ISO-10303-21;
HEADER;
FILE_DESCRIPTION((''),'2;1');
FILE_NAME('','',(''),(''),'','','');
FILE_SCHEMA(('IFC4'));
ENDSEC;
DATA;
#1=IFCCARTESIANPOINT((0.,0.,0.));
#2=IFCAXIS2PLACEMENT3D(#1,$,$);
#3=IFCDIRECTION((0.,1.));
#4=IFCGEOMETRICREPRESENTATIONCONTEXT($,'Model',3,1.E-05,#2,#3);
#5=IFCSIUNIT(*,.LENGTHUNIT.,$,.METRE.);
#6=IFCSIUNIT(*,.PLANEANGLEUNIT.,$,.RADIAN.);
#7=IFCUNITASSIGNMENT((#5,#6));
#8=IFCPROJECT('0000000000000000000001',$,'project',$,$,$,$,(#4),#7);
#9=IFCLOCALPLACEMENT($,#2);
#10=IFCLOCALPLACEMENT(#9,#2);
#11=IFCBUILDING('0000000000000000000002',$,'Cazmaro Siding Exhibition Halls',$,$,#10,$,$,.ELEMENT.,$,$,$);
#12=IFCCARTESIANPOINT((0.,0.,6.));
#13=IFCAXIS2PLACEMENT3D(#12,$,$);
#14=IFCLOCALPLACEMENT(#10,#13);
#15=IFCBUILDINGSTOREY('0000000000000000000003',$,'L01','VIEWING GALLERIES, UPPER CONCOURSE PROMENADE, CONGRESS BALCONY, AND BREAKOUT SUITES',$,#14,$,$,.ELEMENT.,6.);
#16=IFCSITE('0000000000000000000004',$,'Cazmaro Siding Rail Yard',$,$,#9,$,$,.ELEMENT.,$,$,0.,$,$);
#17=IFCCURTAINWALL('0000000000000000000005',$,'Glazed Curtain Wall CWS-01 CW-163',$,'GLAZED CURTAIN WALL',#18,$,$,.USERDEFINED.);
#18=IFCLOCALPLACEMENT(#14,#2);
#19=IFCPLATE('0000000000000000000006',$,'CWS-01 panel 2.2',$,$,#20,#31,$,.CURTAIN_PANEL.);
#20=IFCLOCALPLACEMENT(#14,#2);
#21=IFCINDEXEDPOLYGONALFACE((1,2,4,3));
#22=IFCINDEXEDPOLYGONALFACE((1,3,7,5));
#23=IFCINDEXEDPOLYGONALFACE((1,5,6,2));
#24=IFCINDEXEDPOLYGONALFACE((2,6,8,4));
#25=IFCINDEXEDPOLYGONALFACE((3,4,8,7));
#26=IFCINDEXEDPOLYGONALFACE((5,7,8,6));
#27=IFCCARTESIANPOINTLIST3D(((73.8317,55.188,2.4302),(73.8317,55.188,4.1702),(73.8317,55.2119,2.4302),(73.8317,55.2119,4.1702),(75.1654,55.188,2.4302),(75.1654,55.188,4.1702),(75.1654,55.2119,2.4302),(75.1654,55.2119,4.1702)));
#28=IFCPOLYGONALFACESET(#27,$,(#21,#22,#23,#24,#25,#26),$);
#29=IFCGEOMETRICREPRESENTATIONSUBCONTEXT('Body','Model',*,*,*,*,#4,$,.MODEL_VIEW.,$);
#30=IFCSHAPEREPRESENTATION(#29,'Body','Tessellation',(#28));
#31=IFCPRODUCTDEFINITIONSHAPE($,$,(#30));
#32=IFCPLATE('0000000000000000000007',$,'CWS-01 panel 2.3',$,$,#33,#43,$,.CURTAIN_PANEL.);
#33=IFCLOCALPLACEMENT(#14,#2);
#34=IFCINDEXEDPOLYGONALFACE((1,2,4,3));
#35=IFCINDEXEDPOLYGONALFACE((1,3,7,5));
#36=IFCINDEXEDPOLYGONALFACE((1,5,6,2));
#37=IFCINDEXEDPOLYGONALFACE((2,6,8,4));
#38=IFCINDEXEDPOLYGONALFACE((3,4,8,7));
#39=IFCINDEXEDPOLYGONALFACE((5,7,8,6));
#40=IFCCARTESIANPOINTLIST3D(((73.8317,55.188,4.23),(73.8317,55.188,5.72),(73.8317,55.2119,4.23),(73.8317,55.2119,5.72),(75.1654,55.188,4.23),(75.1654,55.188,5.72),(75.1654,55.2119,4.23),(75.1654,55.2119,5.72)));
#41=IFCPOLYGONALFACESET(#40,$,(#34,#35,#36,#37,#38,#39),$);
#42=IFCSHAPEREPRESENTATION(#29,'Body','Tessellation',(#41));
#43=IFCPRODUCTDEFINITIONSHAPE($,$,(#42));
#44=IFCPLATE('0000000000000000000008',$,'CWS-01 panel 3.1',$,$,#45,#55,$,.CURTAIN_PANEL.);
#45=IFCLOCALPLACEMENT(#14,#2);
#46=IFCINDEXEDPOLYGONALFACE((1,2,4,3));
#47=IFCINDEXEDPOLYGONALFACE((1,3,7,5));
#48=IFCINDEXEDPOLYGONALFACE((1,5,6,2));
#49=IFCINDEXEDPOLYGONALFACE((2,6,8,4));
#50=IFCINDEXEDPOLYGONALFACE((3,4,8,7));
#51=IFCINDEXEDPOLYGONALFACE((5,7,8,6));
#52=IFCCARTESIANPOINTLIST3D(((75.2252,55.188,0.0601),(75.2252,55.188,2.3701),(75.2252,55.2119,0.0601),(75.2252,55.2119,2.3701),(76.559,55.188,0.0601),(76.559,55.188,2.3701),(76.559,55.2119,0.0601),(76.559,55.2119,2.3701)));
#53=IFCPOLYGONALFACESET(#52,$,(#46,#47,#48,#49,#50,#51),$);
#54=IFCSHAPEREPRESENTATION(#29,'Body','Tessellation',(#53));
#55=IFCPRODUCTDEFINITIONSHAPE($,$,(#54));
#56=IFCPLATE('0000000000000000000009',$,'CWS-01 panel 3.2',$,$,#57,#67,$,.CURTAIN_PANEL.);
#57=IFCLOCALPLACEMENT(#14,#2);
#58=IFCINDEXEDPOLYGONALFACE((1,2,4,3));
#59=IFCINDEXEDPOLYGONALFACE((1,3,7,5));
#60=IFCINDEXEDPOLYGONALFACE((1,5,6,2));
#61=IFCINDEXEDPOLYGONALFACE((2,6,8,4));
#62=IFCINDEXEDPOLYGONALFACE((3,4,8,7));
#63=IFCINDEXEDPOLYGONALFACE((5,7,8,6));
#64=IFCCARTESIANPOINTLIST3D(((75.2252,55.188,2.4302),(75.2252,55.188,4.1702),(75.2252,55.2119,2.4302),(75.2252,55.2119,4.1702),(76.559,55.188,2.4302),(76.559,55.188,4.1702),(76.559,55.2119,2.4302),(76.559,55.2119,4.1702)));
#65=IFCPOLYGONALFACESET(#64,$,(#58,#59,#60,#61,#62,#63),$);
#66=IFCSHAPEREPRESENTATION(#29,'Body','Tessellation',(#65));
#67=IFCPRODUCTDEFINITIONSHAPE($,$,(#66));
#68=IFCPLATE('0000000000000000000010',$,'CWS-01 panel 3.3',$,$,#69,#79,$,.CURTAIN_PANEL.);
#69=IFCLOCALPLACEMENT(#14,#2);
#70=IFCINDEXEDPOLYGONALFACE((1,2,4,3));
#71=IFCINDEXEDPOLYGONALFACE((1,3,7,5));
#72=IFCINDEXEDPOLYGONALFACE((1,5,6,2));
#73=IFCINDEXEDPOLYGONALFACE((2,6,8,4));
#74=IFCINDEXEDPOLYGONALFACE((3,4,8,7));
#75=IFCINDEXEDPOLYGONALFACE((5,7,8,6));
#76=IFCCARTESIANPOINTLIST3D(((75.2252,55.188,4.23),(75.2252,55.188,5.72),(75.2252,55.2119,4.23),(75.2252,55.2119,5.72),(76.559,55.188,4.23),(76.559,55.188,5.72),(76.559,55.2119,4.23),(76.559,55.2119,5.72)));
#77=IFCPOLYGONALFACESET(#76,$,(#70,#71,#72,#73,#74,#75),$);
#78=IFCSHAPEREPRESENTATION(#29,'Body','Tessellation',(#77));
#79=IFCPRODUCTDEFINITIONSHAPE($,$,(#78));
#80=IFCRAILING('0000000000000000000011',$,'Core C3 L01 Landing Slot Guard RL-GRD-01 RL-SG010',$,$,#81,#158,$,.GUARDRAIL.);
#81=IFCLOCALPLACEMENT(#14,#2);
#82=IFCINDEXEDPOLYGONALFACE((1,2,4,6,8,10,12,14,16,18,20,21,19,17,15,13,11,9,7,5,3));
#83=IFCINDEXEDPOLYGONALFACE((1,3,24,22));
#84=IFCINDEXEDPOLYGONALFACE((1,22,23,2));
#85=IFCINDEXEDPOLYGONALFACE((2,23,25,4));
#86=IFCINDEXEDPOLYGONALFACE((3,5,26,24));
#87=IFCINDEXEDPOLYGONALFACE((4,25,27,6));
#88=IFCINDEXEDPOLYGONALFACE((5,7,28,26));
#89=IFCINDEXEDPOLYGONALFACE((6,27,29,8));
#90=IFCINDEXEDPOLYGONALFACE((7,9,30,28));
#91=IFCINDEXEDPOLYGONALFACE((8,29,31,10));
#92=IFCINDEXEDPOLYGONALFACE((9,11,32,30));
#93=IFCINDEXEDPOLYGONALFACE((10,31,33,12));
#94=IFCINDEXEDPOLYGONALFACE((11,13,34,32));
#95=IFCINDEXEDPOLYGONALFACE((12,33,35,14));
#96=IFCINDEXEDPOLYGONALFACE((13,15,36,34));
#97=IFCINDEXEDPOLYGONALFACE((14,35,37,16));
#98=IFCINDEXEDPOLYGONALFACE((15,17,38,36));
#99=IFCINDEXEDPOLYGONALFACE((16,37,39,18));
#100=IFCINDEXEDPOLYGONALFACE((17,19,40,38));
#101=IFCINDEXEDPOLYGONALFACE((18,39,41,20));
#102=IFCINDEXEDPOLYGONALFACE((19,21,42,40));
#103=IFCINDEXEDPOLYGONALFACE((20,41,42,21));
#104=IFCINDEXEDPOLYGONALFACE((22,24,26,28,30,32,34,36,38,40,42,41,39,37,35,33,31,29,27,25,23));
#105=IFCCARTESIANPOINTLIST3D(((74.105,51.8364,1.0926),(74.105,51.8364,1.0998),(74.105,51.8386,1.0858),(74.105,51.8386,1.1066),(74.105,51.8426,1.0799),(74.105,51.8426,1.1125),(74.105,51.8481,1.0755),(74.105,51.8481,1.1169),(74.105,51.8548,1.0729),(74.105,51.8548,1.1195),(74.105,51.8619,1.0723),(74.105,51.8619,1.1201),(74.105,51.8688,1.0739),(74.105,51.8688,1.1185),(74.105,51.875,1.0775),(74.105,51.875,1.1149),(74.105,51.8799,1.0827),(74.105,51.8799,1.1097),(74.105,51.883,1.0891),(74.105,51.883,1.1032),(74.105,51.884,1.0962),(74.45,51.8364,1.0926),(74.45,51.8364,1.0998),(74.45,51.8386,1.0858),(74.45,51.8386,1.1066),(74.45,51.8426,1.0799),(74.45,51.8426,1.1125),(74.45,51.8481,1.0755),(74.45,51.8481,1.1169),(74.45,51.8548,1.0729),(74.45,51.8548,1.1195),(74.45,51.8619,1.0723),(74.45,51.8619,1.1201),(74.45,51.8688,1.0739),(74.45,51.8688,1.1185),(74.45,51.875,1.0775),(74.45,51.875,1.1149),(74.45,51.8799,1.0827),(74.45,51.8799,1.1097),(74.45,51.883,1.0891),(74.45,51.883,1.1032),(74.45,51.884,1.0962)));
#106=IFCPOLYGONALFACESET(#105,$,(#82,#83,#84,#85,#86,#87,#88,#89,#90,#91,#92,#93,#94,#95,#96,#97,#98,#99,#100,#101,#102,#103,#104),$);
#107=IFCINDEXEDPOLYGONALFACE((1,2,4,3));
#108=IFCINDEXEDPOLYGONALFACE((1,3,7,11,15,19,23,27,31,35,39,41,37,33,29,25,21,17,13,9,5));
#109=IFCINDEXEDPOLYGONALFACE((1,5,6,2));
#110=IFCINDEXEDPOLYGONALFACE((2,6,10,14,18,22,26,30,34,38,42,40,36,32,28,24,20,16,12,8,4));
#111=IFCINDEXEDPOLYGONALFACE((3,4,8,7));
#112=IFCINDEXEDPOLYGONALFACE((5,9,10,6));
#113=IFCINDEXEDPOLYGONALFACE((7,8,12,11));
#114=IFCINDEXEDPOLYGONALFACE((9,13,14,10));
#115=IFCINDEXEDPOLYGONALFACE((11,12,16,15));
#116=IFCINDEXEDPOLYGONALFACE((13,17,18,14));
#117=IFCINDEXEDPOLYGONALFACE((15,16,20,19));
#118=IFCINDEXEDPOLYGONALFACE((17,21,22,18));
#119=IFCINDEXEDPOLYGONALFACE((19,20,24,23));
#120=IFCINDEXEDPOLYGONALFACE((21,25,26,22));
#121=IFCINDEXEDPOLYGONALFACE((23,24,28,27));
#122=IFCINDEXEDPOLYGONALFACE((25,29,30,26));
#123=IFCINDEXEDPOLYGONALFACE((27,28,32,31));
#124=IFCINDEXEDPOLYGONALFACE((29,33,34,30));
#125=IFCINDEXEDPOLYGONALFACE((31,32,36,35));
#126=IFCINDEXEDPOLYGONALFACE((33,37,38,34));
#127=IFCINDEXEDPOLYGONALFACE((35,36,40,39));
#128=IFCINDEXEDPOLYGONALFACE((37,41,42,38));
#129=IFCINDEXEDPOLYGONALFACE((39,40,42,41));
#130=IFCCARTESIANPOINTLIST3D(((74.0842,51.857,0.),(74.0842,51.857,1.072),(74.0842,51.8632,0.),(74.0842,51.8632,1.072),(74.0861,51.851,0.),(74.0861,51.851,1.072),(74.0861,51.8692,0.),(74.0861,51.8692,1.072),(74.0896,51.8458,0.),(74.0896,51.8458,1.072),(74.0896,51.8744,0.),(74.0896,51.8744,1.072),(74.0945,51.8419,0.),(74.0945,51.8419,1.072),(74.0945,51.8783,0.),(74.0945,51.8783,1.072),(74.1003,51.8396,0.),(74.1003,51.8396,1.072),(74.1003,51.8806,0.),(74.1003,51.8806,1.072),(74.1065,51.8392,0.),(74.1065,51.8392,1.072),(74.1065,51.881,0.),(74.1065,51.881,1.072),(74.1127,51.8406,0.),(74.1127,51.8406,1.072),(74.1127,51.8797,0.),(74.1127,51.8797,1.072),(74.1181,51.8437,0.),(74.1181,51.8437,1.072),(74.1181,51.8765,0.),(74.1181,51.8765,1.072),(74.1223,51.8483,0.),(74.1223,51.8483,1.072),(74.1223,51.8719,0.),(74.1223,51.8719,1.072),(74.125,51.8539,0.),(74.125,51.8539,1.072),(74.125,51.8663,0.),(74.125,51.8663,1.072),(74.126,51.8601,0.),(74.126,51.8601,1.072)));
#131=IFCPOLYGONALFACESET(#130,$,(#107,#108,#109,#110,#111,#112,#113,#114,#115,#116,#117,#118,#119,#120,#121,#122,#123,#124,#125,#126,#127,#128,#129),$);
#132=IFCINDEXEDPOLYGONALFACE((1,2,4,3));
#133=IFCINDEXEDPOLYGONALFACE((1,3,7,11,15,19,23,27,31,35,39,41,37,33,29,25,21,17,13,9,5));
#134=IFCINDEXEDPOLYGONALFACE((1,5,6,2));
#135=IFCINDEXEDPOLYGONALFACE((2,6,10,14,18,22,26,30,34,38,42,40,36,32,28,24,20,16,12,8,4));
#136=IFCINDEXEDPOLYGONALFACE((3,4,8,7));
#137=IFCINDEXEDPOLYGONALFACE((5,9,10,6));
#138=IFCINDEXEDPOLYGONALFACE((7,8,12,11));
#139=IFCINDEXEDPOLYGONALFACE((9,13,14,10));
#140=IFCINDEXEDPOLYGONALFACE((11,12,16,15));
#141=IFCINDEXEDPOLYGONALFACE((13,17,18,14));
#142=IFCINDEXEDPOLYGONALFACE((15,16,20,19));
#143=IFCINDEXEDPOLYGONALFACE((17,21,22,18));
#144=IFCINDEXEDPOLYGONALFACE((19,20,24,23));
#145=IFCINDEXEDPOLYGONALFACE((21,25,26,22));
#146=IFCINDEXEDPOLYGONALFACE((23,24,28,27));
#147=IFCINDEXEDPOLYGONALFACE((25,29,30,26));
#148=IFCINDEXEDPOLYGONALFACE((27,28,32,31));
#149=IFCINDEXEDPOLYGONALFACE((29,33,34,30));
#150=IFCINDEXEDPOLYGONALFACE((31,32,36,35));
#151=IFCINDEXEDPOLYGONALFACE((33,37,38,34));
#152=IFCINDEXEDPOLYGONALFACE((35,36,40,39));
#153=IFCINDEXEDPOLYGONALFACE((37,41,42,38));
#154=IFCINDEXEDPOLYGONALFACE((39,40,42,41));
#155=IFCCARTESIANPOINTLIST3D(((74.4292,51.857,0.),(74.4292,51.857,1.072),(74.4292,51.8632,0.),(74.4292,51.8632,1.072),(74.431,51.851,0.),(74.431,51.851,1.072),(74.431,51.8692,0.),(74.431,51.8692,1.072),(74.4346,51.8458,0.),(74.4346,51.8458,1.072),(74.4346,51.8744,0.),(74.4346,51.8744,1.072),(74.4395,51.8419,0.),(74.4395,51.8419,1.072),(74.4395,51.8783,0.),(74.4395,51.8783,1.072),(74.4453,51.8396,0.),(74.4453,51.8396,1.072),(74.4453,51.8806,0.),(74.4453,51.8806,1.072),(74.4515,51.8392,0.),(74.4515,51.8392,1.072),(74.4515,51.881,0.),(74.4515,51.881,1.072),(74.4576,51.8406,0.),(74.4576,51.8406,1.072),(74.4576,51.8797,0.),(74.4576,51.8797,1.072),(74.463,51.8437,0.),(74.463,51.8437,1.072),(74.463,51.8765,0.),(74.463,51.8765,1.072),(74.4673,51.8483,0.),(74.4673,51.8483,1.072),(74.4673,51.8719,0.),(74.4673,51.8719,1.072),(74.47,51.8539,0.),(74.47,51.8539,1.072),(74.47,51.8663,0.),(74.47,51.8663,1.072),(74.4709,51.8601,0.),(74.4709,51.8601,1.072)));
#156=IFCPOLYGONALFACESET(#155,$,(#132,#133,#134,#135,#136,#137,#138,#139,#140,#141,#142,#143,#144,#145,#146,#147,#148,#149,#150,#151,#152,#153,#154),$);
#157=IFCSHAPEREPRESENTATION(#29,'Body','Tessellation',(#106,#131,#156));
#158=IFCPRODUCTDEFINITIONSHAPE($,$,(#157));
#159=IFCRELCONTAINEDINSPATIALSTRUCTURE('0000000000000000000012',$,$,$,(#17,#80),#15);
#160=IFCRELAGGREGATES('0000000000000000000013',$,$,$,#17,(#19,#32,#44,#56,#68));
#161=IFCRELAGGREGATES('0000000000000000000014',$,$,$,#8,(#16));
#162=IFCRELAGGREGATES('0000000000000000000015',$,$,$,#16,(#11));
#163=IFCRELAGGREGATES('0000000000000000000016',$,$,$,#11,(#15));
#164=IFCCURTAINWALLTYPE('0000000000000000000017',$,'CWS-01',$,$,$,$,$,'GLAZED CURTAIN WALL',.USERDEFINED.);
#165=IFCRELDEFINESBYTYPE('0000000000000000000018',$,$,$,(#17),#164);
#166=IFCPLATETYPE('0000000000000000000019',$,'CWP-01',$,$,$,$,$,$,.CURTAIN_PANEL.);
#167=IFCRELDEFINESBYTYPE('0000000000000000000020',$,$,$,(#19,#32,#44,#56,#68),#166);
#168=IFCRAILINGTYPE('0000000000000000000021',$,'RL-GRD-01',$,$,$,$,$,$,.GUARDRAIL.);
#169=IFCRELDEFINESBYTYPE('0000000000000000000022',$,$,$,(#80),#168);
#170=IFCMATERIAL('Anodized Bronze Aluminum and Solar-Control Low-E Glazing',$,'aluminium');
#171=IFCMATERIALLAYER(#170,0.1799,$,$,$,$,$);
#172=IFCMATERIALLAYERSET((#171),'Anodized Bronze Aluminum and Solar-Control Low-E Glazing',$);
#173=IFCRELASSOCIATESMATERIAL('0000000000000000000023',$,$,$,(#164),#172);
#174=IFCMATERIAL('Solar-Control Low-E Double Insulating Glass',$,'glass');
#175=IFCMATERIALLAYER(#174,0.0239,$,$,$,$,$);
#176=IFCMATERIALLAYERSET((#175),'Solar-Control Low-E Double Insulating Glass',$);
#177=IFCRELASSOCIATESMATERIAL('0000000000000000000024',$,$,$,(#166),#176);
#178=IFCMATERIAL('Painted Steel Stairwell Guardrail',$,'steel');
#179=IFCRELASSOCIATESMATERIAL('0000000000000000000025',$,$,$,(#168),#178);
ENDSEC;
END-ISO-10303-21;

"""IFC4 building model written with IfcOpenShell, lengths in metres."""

from ifc_helpers import new_model, si_unit, direction, frame, origin, origin_2d, place, context, subcontext, project, spatial, rectangle, circle, extrude, material, layer, layer_set, type_object, element, aggregate, save


model = new_model("IFC4")

# Units and contexts
model_context = context("Model", 3, precision=1e-05, world=origin(), true_north=direction((0.0, 1.0)))
body_context = subcontext(model_context, "Body", "Model", "MODEL_VIEW")
ifc_project = project(units=[si_unit("LENGTHUNIT", "METRE"), si_unit("PLANEANGLEUNIT", "RADIAN")], contexts=[model_context])

# Site, building, storey
site_placement = place(None, origin())
site = spatial("IfcSite", under=ifc_project, at=site_placement, Name="Cazmaro Siding Rail Yard", CompositionType="ELEMENT", RefElevation=0.0)
building_placement = place(site_placement, origin())
building = spatial("IfcBuilding", under=site, at=building_placement, Name="Cazmaro Siding Exhibition Halls", CompositionType="ELEMENT")
storey_placement = place(building_placement, frame((0.0, 0.0, 6.0)))
storey = spatial("IfcBuildingStorey", under=building, at=storey_placement, Name="L01", Description="VIEWING GALLERIES, UPPER CONCOURSE PROMENADE, CONGRESS BALCONY, AND BREAKOUT SUITES", CompositionType="ELEMENT", Elevation=6.0)

# Curtain wall, plates
ifc_material_1 = material(Name="Anodized Bronze Aluminum and Solar-Control Low-E Glazing", Category="aluminium")
ifc_layer_1 = layer(ifc_material_1, 0.1799)
ifc_layer_set_1 = layer_set([ifc_layer_1], Name="Anodized Bronze Aluminum and Solar-Control Low-E Glazing")
curtain_wall_type = type_object("IfcCurtainWallType", Name="CWS-01", ElementType="GLAZED CURTAIN WALL", PredefinedType="USERDEFINED", material=ifc_layer_set_1)
curtain_wall_placement = place(storey_placement, origin())
curtain_wall = element("IfcCurtainWall", 1, at=curtain_wall_placement, inside=storey, type_object=curtain_wall_type, Name="Glazed Curtain Wall CWS-01 CW-163", ObjectType="GLAZED CURTAIN WALL", PredefinedType="USERDEFINED")
ifc_material_2 = material(Name="Solar-Control Low-E Double Insulating Glass", Category="glass")
ifc_layer_2 = layer(ifc_material_2, 0.0239)
ifc_layer_set_2 = layer_set([ifc_layer_2], Name="Solar-Control Low-E Double Insulating Glass")
plate_type = type_object("IfcPlateType", Name="CWP-01", PredefinedType="CURTAIN_PANEL", material=ifc_layer_set_2)
plate_1_placement = place(storey_placement, frame((74.4985, 55.2, 2.4302), z_axis=(0.0, 0.0, 1.0), x_axis=(1.0, 0.0, 0.0)))
plate_1 = element("IfcPlate", 2, at=plate_1_placement, type_object=plate_type, Name="CWS-01 panel 2.2", PredefinedType="CURTAIN_PANEL", context=body_context, shape_type="SweptSolid", body=[
    extrude(rectangle(XDim=1.3337, YDim=0.0239, at=origin_2d()), origin(), (0.0, 0.0, 1.0), 1.74),
])
plate_2_placement = place(storey_placement, frame((74.4985, 55.2, 4.23), z_axis=(0.0, 0.0, 1.0), x_axis=(1.0, 0.0, 0.0)))
plate_2 = element("IfcPlate", 3, at=plate_2_placement, type_object=plate_type, Name="CWS-01 panel 2.3", PredefinedType="CURTAIN_PANEL", context=body_context, shape_type="SweptSolid", body=[
    extrude(rectangle(XDim=1.3337, YDim=0.0239, at=origin_2d()), origin(), (0.0, 0.0, 1.0), 1.49),
])
plate_3_placement = place(storey_placement, frame((75.8921, 55.2, 0.0601), z_axis=(0.0, 0.0, 1.0), x_axis=(1.0, 0.0, 0.0)))
plate_3 = element("IfcPlate", 4, at=plate_3_placement, type_object=plate_type, Name="CWS-01 panel 3.1", PredefinedType="CURTAIN_PANEL", context=body_context, shape_type="SweptSolid", body=[
    extrude(rectangle(XDim=1.3337, YDim=0.0239, at=origin_2d()), origin(), (0.0, 0.0, 1.0), 2.3101),
])
plate_4_placement = place(storey_placement, frame((75.8921, 55.2, 2.4302), z_axis=(0.0, 0.0, 1.0), x_axis=(1.0, 0.0, 0.0)))
plate_4 = element("IfcPlate", 5, at=plate_4_placement, type_object=plate_type, Name="CWS-01 panel 3.2", PredefinedType="CURTAIN_PANEL", context=body_context, shape_type="SweptSolid", body=[
    extrude(rectangle(XDim=1.3337, YDim=0.0239, at=origin_2d()), origin(), (0.0, 0.0, 1.0), 1.74),
])
plate_5_placement = place(storey_placement, frame((75.8921, 55.2, 4.23), z_axis=(0.0, 0.0, 1.0), x_axis=(1.0, 0.0, 0.0)))
plate_5 = element("IfcPlate", 6, at=plate_5_placement, type_object=plate_type, Name="CWS-01 panel 3.3", PredefinedType="CURTAIN_PANEL", context=body_context, shape_type="SweptSolid", body=[
    extrude(rectangle(XDim=1.3337, YDim=0.0239, at=origin_2d()), origin(), (0.0, 0.0, 1.0), 1.49),
])
aggregate(curtain_wall, [plate_1, plate_2, plate_3, plate_4, plate_5])

# Railing
ifc_material_3 = material(Name="Painted Steel Stairwell Guardrail", Category="steel")
railing_type_1 = type_object("IfcRailingType", Name="RL-GRD-01", PredefinedType="GUARDRAIL", material=ifc_material_3)
railing_1_placement = place(storey_placement, frame((74.105, 51.8601, 0.0)))
element("IfcRailing", 7, at=railing_1_placement, inside=storey, type_object=railing_type_1, Name="Core C3 L01 Landing Slot Guard RL-GRD-01 RL-SG010", PredefinedType="GUARDRAIL", context=body_context, shape_type="SweptSolid", body=[
    extrude(circle(Radius=0.0239, at=origin_2d()), frame((0.0, 0.0, 1.0962), z_axis=(1.0, 0.0, 0.0), x_axis=(0.0, 1.0, 0.0)), (0.0, 0.0, 1.0), 0.345),
    extrude(circle(Radius=0.021, at=origin_2d()), origin(), (0.0, 0.0, 1.0), 1.072),
    extrude(circle(Radius=0.021, at=origin_2d()), frame((0.345, 0.0, 0.0)), (0.0, 0.0, 1.0), 1.072),
])

save(model, "model.ifc")
